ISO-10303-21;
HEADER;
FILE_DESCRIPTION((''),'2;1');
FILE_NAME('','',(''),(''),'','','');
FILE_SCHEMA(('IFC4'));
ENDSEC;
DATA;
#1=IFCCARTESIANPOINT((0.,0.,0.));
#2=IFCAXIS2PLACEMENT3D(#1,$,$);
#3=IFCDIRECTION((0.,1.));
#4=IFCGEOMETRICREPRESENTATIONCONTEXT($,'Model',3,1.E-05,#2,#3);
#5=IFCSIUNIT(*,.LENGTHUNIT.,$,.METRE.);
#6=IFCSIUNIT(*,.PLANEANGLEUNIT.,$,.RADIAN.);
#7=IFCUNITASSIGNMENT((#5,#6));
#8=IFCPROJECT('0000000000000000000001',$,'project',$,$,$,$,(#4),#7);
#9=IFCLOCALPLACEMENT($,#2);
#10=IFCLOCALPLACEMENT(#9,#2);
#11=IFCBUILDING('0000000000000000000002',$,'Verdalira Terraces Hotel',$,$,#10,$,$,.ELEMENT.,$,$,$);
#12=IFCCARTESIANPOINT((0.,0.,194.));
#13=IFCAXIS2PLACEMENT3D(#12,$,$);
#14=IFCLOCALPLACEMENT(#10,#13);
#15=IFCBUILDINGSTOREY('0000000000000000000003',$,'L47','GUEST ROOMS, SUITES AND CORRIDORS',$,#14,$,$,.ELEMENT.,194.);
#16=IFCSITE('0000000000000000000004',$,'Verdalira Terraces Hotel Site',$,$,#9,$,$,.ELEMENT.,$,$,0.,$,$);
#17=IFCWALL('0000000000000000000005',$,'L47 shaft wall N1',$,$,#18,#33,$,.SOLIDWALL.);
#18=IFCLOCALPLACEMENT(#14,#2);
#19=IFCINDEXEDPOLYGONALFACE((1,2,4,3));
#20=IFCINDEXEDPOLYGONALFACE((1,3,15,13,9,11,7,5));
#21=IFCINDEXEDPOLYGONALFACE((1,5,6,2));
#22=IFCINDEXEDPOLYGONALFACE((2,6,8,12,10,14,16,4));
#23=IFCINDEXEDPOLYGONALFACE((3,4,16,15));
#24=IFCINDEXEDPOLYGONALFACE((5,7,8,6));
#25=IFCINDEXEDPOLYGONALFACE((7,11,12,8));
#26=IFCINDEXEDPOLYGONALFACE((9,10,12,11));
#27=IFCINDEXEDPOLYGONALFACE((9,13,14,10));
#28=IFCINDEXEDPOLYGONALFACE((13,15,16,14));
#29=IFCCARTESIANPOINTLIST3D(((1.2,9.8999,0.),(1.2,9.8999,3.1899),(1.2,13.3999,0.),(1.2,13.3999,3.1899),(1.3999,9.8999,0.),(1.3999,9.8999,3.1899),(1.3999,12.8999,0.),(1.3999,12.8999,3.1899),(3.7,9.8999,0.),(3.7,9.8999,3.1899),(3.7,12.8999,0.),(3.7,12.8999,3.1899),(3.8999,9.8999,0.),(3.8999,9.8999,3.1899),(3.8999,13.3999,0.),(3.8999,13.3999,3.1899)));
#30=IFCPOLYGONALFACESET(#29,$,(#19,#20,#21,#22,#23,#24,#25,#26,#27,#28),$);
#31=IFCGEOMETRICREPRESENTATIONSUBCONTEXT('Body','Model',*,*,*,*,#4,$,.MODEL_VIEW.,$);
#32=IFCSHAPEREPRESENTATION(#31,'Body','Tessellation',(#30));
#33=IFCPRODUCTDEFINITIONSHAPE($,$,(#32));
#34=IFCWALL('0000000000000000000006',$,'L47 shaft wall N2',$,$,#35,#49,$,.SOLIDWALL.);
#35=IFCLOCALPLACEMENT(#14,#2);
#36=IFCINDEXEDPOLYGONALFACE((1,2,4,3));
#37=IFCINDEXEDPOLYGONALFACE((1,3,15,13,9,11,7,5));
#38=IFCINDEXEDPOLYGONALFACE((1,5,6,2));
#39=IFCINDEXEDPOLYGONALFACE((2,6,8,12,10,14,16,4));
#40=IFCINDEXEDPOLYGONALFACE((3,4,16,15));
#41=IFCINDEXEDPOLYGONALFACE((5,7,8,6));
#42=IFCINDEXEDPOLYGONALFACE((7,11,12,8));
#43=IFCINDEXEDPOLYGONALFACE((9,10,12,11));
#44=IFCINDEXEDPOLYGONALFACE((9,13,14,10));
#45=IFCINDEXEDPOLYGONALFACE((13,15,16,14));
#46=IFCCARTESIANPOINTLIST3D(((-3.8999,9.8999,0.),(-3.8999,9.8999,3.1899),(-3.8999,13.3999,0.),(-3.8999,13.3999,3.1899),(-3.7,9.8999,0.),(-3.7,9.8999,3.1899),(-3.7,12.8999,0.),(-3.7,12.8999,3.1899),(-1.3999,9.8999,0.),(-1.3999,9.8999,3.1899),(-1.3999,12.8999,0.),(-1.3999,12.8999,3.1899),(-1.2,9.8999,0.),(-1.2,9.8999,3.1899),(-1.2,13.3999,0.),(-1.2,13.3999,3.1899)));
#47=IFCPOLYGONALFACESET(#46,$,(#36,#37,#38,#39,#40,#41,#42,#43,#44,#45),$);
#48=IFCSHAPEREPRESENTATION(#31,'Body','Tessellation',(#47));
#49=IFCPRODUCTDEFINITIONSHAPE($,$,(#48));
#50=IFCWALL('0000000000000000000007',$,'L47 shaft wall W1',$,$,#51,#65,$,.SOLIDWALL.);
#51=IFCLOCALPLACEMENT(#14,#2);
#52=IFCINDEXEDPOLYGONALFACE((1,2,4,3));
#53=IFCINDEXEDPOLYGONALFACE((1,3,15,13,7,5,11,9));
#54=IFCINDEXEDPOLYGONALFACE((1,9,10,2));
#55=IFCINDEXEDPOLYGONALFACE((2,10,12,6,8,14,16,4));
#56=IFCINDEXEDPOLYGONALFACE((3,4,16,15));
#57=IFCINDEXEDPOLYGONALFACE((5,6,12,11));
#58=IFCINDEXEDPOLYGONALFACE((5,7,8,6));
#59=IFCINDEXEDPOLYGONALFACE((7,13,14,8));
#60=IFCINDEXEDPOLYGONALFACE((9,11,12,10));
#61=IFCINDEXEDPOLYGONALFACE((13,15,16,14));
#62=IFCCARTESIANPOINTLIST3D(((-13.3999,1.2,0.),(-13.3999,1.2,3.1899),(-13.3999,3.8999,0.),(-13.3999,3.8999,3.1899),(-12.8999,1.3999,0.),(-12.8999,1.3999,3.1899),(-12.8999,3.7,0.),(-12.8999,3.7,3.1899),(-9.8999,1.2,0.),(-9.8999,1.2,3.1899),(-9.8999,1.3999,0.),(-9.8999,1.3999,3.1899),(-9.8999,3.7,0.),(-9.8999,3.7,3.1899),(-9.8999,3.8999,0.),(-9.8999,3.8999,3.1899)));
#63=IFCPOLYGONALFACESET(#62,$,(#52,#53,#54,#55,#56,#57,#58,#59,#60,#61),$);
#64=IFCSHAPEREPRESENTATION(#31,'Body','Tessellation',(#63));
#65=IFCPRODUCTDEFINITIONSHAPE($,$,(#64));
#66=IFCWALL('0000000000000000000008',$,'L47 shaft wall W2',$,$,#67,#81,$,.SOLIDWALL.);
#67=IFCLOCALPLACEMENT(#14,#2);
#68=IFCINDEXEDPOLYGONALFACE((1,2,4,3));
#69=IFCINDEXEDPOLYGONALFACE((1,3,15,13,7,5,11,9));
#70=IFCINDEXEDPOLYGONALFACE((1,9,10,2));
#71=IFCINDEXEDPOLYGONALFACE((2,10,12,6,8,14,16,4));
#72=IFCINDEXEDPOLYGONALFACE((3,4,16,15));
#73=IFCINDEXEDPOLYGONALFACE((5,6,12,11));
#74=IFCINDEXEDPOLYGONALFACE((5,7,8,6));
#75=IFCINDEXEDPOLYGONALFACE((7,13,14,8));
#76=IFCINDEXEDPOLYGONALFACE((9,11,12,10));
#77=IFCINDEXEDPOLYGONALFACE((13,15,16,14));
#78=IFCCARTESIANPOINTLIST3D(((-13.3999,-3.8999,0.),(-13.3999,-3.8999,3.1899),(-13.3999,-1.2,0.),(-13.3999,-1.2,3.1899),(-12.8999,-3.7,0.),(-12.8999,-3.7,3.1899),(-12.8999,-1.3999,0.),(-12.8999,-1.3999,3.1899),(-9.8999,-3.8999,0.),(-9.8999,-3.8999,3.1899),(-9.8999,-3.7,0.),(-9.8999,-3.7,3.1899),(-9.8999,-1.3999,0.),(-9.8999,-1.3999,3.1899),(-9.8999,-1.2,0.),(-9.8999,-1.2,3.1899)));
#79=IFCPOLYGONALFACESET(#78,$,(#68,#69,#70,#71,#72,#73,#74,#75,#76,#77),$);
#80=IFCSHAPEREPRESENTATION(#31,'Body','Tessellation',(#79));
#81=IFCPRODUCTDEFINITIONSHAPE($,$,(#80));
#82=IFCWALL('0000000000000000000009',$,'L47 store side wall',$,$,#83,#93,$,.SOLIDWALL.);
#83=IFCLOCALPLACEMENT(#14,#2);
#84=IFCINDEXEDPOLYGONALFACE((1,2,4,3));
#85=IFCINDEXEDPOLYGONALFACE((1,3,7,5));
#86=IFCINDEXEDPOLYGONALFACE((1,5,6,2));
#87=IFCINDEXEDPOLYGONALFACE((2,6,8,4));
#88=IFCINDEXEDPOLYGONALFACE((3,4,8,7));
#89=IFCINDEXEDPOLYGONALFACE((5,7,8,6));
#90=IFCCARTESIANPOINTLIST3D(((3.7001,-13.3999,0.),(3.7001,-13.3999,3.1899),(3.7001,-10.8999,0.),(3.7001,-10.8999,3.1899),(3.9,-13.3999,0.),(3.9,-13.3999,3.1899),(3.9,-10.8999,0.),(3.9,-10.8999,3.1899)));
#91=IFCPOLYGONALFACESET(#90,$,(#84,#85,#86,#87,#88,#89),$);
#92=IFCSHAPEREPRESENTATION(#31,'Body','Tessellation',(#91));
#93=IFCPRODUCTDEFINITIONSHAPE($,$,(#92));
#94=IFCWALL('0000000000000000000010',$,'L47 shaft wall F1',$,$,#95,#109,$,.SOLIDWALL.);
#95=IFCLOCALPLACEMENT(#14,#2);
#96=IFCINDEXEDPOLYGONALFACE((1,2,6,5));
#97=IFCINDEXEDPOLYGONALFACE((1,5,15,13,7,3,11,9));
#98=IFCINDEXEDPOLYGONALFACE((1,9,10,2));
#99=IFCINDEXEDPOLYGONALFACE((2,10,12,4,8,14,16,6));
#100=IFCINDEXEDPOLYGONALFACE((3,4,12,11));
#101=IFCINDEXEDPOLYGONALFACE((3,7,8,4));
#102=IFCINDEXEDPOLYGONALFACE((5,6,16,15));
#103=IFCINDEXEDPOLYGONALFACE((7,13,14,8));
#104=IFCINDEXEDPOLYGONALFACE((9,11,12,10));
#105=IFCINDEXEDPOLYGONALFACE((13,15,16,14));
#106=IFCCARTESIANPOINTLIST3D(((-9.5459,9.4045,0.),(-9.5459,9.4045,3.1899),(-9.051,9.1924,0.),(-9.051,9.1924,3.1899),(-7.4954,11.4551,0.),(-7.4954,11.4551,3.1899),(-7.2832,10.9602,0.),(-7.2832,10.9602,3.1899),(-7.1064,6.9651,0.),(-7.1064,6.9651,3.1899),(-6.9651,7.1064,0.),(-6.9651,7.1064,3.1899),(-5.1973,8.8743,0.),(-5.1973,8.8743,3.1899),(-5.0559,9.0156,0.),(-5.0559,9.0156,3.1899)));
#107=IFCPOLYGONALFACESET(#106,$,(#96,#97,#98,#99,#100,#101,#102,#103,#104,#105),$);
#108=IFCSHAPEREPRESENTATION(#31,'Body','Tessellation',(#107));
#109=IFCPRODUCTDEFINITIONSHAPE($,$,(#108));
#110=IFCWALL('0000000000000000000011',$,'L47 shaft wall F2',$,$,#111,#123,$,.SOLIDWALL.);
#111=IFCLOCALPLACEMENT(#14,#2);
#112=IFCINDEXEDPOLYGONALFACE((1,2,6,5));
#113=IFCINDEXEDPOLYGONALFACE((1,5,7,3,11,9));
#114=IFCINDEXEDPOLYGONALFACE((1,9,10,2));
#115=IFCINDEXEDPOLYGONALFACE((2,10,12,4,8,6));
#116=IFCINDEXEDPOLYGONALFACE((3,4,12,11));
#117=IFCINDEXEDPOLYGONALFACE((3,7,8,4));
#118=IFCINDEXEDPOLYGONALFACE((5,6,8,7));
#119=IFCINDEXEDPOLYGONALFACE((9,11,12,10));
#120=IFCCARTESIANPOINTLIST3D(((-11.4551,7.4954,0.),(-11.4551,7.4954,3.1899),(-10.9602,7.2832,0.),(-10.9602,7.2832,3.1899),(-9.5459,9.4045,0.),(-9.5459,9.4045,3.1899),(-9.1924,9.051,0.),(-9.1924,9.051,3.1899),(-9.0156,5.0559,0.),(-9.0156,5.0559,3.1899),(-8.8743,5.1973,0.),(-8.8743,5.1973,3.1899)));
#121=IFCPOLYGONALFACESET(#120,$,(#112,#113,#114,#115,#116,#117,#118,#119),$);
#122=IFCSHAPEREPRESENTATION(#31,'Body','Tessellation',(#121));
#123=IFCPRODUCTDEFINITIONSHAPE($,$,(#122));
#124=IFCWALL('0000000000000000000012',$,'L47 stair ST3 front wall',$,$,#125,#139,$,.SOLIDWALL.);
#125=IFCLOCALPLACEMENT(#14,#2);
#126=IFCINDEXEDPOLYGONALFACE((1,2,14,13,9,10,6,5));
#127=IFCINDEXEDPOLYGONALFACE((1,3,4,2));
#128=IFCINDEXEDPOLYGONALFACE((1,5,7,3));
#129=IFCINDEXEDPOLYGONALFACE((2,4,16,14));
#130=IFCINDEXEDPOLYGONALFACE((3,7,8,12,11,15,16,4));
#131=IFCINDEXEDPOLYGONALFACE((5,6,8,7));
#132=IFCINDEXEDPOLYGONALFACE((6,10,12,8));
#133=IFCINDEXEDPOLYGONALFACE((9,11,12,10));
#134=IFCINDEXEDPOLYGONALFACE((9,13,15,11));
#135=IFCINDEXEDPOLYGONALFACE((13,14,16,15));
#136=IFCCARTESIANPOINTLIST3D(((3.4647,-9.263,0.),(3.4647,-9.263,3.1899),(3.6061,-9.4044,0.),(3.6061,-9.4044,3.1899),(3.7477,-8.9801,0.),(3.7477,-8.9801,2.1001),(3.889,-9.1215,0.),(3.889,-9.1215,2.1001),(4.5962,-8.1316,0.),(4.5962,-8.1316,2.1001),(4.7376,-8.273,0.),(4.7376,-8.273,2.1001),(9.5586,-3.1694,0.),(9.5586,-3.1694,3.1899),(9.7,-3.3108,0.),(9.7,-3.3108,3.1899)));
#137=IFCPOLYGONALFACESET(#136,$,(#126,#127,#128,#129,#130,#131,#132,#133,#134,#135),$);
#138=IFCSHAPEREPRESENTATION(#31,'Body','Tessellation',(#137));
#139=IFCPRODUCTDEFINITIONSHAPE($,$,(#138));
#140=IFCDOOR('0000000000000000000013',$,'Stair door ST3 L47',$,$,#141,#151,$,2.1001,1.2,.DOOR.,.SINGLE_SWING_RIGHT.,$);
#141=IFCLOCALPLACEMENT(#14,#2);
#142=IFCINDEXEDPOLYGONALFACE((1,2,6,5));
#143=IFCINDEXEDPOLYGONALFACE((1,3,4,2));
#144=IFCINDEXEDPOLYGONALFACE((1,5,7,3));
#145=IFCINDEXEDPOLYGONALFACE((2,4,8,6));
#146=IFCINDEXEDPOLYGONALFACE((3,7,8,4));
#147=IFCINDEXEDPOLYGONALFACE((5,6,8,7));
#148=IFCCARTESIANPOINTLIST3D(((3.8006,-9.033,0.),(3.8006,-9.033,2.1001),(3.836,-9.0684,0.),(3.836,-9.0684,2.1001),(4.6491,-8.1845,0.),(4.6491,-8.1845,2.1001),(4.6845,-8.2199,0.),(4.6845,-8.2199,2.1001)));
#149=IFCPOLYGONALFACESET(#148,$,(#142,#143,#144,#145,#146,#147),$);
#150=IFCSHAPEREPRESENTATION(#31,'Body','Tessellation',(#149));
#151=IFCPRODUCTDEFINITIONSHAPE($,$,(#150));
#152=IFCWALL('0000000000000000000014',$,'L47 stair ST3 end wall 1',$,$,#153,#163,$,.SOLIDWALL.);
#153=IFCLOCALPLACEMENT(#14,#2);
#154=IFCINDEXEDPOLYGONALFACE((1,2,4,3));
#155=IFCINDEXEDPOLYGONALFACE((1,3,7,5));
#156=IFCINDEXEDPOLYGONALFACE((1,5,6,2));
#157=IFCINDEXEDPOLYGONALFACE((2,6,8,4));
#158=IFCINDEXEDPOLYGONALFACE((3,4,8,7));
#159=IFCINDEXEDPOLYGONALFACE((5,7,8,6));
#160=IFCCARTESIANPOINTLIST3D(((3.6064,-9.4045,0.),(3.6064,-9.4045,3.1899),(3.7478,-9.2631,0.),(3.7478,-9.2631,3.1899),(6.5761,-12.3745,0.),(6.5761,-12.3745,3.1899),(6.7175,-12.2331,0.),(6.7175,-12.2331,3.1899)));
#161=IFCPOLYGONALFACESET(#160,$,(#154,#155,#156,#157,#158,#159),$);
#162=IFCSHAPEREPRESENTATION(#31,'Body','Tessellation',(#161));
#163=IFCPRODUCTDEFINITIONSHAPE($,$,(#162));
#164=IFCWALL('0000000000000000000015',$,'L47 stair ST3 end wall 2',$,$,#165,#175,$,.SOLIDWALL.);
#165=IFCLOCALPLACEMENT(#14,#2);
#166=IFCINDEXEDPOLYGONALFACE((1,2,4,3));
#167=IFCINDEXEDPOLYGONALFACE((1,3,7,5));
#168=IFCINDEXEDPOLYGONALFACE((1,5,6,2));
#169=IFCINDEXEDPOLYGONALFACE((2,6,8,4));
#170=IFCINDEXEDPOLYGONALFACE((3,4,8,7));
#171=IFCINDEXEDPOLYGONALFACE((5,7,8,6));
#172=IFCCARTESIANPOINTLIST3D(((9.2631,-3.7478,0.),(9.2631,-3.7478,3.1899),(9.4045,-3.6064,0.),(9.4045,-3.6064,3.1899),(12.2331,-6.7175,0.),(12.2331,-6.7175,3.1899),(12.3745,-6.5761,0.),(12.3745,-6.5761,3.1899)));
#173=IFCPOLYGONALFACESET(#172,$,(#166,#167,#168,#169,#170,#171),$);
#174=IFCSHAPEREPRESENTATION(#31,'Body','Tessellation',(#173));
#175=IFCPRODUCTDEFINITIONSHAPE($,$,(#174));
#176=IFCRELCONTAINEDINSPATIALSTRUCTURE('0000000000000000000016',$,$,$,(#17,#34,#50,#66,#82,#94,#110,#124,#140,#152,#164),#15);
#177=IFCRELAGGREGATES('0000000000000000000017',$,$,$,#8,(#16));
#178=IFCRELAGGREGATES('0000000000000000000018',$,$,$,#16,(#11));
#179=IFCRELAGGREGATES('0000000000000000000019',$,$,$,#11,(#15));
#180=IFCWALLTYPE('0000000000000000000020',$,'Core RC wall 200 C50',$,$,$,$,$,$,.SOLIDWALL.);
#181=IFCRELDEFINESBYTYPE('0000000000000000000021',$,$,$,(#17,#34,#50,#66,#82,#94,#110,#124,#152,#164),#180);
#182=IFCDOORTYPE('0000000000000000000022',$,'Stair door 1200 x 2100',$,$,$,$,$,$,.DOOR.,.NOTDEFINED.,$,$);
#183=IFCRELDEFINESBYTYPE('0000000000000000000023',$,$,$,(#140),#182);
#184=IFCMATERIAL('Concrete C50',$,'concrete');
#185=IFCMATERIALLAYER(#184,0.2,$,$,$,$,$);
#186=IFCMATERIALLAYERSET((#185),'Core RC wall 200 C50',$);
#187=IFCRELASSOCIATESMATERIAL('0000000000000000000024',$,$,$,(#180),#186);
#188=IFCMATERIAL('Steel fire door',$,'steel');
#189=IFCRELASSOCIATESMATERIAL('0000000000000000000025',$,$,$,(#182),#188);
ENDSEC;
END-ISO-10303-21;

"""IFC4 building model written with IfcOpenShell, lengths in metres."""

from ifc_helpers import new_model, si_unit, direction, frame, frame_2d, origin, place, context, subcontext, project, spatial, polyline, rectangle, outline, extrude, material, layer, layer_set, type_object, element, fill, save


model = new_model("IFC4")

# Units and contexts
model_context = context("Model", 3, precision=1e-05, world=origin(), true_north=direction((0.0, 1.0)))
body_context = subcontext(model_context, "Body", "Model", "MODEL_VIEW")
ifc_project = project(units=[si_unit("LENGTHUNIT", "METRE"), si_unit("PLANEANGLEUNIT", "RADIAN")], contexts=[model_context])

# Site, building, storey
site_placement = place(None, origin())
site = spatial("IfcSite", under=ifc_project, at=site_placement, Name="Verdalira Terraces Hotel Site", CompositionType="ELEMENT", RefElevation=0.0)
building_placement = place(site_placement, origin())
building = spatial("IfcBuilding", under=site, at=building_placement, Name="Verdalira Terraces Hotel", CompositionType="ELEMENT")
storey_placement = place(building_placement, frame((0.0, 0.0, 194.0)))
storey = spatial("IfcBuildingStorey", under=building, at=storey_placement, Name="L47", Description="GUEST ROOMS, SUITES AND CORRIDORS", CompositionType="ELEMENT", Elevation=194.0)

# Shared definitions
ifc_material_1 = material(Name="Concrete C50", Category="concrete")
ifc_layer_1 = layer(ifc_material_1, 0.2)
ifc_layer_set_1 = layer_set([ifc_layer_1], Name="Core RC wall 200 C50")
wall_type_1 = type_object("IfcWallType", Name="Core RC wall 200 C50", PredefinedType="SOLIDWALL", material=ifc_layer_set_1)

# Walls
wall_1_placement = place(storey_placement, origin())
element("IfcWall", 1, at=wall_1_placement, inside=storey, type_object=wall_type_1, Name="L47 shaft wall N1", PredefinedType="SOLIDWALL", context=body_context, shape_type="SweptSolid", body=[
    extrude(outline(polyline([(3.8999, 9.8999), (3.7, 9.8999), (3.7, 12.8999), (1.3999, 12.8999), (1.3999, 9.8999), (1.2, 9.8999), (1.2, 13.3999), (3.8999, 13.3999), (3.8999, 9.8999)])), origin(), (0.0, 0.0, 1.0), 3.1899),
])
wall_2_placement = place(storey_placement, origin())
element("IfcWall", 2, at=wall_2_placement, inside=storey, type_object=wall_type_1, Name="L47 shaft wall N2", PredefinedType="SOLIDWALL", context=body_context, shape_type="SweptSolid", body=[
    extrude(outline(polyline([(-3.8999, 13.3999), (-1.2, 13.3999), (-1.2, 9.8999), (-1.3999, 9.8999), (-1.3999, 12.8999), (-3.7, 12.8999), (-3.7, 9.8999), (-3.8999, 9.8999), (-3.8999, 13.3999)])), origin(), (0.0, 0.0, 1.0), 3.1899),
])
wall_3_placement = place(storey_placement, origin())
element("IfcWall", 3, at=wall_3_placement, inside=storey, type_object=wall_type_1, Name="L47 shaft wall W1", PredefinedType="SOLIDWALL", context=body_context, shape_type="SweptSolid", body=[
    extrude(outline(polyline([(-13.3999, 3.8999), (-9.8999, 3.8999), (-9.8999, 3.7), (-12.8999, 3.7), (-12.8999, 1.3999), (-9.8999, 1.3999), (-9.8999, 1.2), (-13.3999, 1.2), (-13.3999, 3.8999)])), origin(), (0.0, 0.0, 1.0), 3.1899),
])
wall_4_placement = place(storey_placement, origin())
element("IfcWall", 4, at=wall_4_placement, inside=storey, type_object=wall_type_1, Name="L47 shaft wall W2", PredefinedType="SOLIDWALL", context=body_context, shape_type="SweptSolid", body=[
    extrude(outline(polyline([(-13.3999, -3.8999), (-13.3999, -1.2), (-9.8999, -1.2), (-9.8999, -1.3999), (-12.8999, -1.3999), (-12.8999, -3.7), (-9.8999, -3.7), (-9.8999, -3.8999), (-13.3999, -3.8999)])), origin(), (0.0, 0.0, 1.0), 3.1899),
])
wall_5_placement = place(storey_placement, frame((3.8, -10.8999, 0.0), z_axis=(0.0, 0.0, 1.0), x_axis=(0.0, -1.0, 0.0)))
element("IfcWall", 5, at=wall_5_placement, inside=storey, type_object=wall_type_1, Name="L47 store side wall", PredefinedType="SOLIDWALL", context=body_context, shape_type="SweptSolid", body=[
    extrude(rectangle(XDim=2.5, YDim=0.2, at=frame_2d((1.25, 0.0))), origin(), (0.0, 0.0, 1.0), 3.1899),
])
wall_6_placement = place(storey_placement, origin())
element("IfcWall", 6, at=wall_6_placement, inside=storey, type_object=wall_type_1, Name="L47 shaft wall F1", PredefinedType="SOLIDWALL", context=body_context, shape_type="SweptSolid", body=[
    extrude(outline(polyline([(-9.5459, 9.4045), (-7.4954, 11.4551), (-5.0559, 9.0156), (-5.1973, 8.8743), (-7.2832, 10.9602), (-9.051, 9.1924), (-6.9651, 7.1064), (-7.1064, 6.9651), (-9.5459, 9.4045)])), origin(), (0.0, 0.0, 1.0), 3.1899),
])
wall_7_placement = place(storey_placement, origin())
element("IfcWall", 7, at=wall_7_placement, inside=storey, type_object=wall_type_1, Name="L47 shaft wall F2", PredefinedType="SOLIDWALL", context=body_context, shape_type="SweptSolid", body=[
    extrude(outline(polyline([(-11.4551, 7.4954), (-9.5459, 9.4045), (-9.1924, 9.051), (-10.9602, 7.2832), (-8.8743, 5.1973), (-9.0156, 5.0559), (-11.4551, 7.4954)])), origin(), (0.0, 0.0, 1.0), 3.1899),
])

# Wall, opening, door
wall_8_placement = place(storey_placement, frame((9.6294, -3.24, 0.0), z_axis=(0.0, 0.0, 1.0), x_axis=(-0.707121, -0.707093, 0.0)))
wall_8 = element("IfcWall", 8, at=wall_8_placement, inside=storey, type_object=wall_type_1, Name="L47 stair ST3 front wall", PredefinedType="SOLIDWALL", context=body_context, shape_type="SweptSolid", body=[
    extrude(rectangle(XDim=8.6179, YDim=0.2, at=frame_2d((4.3091, 0.0))), origin(), (0.0, 0.0, 1.0), 3.1899),
])
opening_1_placement = place(wall_8_placement, frame((7.0178, 0.0, 0.0)))
opening_1 = element("IfcOpeningElement", 9, at=opening_1_placement, cuts=wall_8, PredefinedType="OPENING", context=body_context, shape_type="SweptSolid", body=[
    extrude(rectangle(XDim=1.2, YDim=2.1001, at=frame_2d((0.6001, 1.05))), frame((0.0, 0.1099, 0.0), z_axis=(0.0, -1.0, 0.0), x_axis=(1.0, 0.0, 0.0)), (0.0, 0.0, 1.0), 0.22),
])
ifc_material_2 = material(Name="Steel fire door", Category="steel")
door_type_1 = type_object("IfcDoorType", Name="Stair door 1200 x 2100", OperationType="NOTDEFINED", PredefinedType="DOOR", material=ifc_material_2)
door_1_placement = place(opening_1_placement, origin())
door_1 = element("IfcDoor", 10, at=door_1_placement, inside=storey, type_object=door_type_1, Name="Stair door ST3 L47", OperationType="SINGLE_SWING_RIGHT", OverallHeight=2.1001, OverallWidth=1.2, PredefinedType="DOOR", context=body_context, shape_type="SweptSolid", body=[
    extrude(rectangle(XDim=1.2, YDim=2.1001, at=frame_2d((0.6001, 1.05))), frame((0.0, 0.0249, 0.0), z_axis=(0.0, -1.0, 0.0), x_axis=(1.0, 0.0, 0.0)), (0.0, 0.0, 1.0), 0.05),
])
fill(opening_1, door_1)

# Walls
for number, where, z_axis, x_axis, name in (
    (11, (3.677, -9.3337, 0.0), (0.0, 0.0, 1.0), (0.707078, -0.707136, 0.0), "L47 stair ST3 end wall 1"),
    (12, (9.3337, -3.677, 0.0), (0.0, 0.0, 1.0), (0.707136, -0.707078, 0.0), "L47 stair ST3 end wall 2"),
):
    element("IfcWall", number, at=place(storey_placement, frame(where, z_axis=z_axis, x_axis=x_axis)), inside=storey, type_object=wall_type_1, Name=name, PredefinedType="SOLIDWALL", context=body_context, shape_type="SweptSolid", body=[
        extrude(rectangle(XDim=4.2, YDim=0.2, at=frame_2d((2.1001, 0.0))), origin(), (0.0, 0.0, 1.0), 3.1899),
    ])

save(model, "model.ifc")
